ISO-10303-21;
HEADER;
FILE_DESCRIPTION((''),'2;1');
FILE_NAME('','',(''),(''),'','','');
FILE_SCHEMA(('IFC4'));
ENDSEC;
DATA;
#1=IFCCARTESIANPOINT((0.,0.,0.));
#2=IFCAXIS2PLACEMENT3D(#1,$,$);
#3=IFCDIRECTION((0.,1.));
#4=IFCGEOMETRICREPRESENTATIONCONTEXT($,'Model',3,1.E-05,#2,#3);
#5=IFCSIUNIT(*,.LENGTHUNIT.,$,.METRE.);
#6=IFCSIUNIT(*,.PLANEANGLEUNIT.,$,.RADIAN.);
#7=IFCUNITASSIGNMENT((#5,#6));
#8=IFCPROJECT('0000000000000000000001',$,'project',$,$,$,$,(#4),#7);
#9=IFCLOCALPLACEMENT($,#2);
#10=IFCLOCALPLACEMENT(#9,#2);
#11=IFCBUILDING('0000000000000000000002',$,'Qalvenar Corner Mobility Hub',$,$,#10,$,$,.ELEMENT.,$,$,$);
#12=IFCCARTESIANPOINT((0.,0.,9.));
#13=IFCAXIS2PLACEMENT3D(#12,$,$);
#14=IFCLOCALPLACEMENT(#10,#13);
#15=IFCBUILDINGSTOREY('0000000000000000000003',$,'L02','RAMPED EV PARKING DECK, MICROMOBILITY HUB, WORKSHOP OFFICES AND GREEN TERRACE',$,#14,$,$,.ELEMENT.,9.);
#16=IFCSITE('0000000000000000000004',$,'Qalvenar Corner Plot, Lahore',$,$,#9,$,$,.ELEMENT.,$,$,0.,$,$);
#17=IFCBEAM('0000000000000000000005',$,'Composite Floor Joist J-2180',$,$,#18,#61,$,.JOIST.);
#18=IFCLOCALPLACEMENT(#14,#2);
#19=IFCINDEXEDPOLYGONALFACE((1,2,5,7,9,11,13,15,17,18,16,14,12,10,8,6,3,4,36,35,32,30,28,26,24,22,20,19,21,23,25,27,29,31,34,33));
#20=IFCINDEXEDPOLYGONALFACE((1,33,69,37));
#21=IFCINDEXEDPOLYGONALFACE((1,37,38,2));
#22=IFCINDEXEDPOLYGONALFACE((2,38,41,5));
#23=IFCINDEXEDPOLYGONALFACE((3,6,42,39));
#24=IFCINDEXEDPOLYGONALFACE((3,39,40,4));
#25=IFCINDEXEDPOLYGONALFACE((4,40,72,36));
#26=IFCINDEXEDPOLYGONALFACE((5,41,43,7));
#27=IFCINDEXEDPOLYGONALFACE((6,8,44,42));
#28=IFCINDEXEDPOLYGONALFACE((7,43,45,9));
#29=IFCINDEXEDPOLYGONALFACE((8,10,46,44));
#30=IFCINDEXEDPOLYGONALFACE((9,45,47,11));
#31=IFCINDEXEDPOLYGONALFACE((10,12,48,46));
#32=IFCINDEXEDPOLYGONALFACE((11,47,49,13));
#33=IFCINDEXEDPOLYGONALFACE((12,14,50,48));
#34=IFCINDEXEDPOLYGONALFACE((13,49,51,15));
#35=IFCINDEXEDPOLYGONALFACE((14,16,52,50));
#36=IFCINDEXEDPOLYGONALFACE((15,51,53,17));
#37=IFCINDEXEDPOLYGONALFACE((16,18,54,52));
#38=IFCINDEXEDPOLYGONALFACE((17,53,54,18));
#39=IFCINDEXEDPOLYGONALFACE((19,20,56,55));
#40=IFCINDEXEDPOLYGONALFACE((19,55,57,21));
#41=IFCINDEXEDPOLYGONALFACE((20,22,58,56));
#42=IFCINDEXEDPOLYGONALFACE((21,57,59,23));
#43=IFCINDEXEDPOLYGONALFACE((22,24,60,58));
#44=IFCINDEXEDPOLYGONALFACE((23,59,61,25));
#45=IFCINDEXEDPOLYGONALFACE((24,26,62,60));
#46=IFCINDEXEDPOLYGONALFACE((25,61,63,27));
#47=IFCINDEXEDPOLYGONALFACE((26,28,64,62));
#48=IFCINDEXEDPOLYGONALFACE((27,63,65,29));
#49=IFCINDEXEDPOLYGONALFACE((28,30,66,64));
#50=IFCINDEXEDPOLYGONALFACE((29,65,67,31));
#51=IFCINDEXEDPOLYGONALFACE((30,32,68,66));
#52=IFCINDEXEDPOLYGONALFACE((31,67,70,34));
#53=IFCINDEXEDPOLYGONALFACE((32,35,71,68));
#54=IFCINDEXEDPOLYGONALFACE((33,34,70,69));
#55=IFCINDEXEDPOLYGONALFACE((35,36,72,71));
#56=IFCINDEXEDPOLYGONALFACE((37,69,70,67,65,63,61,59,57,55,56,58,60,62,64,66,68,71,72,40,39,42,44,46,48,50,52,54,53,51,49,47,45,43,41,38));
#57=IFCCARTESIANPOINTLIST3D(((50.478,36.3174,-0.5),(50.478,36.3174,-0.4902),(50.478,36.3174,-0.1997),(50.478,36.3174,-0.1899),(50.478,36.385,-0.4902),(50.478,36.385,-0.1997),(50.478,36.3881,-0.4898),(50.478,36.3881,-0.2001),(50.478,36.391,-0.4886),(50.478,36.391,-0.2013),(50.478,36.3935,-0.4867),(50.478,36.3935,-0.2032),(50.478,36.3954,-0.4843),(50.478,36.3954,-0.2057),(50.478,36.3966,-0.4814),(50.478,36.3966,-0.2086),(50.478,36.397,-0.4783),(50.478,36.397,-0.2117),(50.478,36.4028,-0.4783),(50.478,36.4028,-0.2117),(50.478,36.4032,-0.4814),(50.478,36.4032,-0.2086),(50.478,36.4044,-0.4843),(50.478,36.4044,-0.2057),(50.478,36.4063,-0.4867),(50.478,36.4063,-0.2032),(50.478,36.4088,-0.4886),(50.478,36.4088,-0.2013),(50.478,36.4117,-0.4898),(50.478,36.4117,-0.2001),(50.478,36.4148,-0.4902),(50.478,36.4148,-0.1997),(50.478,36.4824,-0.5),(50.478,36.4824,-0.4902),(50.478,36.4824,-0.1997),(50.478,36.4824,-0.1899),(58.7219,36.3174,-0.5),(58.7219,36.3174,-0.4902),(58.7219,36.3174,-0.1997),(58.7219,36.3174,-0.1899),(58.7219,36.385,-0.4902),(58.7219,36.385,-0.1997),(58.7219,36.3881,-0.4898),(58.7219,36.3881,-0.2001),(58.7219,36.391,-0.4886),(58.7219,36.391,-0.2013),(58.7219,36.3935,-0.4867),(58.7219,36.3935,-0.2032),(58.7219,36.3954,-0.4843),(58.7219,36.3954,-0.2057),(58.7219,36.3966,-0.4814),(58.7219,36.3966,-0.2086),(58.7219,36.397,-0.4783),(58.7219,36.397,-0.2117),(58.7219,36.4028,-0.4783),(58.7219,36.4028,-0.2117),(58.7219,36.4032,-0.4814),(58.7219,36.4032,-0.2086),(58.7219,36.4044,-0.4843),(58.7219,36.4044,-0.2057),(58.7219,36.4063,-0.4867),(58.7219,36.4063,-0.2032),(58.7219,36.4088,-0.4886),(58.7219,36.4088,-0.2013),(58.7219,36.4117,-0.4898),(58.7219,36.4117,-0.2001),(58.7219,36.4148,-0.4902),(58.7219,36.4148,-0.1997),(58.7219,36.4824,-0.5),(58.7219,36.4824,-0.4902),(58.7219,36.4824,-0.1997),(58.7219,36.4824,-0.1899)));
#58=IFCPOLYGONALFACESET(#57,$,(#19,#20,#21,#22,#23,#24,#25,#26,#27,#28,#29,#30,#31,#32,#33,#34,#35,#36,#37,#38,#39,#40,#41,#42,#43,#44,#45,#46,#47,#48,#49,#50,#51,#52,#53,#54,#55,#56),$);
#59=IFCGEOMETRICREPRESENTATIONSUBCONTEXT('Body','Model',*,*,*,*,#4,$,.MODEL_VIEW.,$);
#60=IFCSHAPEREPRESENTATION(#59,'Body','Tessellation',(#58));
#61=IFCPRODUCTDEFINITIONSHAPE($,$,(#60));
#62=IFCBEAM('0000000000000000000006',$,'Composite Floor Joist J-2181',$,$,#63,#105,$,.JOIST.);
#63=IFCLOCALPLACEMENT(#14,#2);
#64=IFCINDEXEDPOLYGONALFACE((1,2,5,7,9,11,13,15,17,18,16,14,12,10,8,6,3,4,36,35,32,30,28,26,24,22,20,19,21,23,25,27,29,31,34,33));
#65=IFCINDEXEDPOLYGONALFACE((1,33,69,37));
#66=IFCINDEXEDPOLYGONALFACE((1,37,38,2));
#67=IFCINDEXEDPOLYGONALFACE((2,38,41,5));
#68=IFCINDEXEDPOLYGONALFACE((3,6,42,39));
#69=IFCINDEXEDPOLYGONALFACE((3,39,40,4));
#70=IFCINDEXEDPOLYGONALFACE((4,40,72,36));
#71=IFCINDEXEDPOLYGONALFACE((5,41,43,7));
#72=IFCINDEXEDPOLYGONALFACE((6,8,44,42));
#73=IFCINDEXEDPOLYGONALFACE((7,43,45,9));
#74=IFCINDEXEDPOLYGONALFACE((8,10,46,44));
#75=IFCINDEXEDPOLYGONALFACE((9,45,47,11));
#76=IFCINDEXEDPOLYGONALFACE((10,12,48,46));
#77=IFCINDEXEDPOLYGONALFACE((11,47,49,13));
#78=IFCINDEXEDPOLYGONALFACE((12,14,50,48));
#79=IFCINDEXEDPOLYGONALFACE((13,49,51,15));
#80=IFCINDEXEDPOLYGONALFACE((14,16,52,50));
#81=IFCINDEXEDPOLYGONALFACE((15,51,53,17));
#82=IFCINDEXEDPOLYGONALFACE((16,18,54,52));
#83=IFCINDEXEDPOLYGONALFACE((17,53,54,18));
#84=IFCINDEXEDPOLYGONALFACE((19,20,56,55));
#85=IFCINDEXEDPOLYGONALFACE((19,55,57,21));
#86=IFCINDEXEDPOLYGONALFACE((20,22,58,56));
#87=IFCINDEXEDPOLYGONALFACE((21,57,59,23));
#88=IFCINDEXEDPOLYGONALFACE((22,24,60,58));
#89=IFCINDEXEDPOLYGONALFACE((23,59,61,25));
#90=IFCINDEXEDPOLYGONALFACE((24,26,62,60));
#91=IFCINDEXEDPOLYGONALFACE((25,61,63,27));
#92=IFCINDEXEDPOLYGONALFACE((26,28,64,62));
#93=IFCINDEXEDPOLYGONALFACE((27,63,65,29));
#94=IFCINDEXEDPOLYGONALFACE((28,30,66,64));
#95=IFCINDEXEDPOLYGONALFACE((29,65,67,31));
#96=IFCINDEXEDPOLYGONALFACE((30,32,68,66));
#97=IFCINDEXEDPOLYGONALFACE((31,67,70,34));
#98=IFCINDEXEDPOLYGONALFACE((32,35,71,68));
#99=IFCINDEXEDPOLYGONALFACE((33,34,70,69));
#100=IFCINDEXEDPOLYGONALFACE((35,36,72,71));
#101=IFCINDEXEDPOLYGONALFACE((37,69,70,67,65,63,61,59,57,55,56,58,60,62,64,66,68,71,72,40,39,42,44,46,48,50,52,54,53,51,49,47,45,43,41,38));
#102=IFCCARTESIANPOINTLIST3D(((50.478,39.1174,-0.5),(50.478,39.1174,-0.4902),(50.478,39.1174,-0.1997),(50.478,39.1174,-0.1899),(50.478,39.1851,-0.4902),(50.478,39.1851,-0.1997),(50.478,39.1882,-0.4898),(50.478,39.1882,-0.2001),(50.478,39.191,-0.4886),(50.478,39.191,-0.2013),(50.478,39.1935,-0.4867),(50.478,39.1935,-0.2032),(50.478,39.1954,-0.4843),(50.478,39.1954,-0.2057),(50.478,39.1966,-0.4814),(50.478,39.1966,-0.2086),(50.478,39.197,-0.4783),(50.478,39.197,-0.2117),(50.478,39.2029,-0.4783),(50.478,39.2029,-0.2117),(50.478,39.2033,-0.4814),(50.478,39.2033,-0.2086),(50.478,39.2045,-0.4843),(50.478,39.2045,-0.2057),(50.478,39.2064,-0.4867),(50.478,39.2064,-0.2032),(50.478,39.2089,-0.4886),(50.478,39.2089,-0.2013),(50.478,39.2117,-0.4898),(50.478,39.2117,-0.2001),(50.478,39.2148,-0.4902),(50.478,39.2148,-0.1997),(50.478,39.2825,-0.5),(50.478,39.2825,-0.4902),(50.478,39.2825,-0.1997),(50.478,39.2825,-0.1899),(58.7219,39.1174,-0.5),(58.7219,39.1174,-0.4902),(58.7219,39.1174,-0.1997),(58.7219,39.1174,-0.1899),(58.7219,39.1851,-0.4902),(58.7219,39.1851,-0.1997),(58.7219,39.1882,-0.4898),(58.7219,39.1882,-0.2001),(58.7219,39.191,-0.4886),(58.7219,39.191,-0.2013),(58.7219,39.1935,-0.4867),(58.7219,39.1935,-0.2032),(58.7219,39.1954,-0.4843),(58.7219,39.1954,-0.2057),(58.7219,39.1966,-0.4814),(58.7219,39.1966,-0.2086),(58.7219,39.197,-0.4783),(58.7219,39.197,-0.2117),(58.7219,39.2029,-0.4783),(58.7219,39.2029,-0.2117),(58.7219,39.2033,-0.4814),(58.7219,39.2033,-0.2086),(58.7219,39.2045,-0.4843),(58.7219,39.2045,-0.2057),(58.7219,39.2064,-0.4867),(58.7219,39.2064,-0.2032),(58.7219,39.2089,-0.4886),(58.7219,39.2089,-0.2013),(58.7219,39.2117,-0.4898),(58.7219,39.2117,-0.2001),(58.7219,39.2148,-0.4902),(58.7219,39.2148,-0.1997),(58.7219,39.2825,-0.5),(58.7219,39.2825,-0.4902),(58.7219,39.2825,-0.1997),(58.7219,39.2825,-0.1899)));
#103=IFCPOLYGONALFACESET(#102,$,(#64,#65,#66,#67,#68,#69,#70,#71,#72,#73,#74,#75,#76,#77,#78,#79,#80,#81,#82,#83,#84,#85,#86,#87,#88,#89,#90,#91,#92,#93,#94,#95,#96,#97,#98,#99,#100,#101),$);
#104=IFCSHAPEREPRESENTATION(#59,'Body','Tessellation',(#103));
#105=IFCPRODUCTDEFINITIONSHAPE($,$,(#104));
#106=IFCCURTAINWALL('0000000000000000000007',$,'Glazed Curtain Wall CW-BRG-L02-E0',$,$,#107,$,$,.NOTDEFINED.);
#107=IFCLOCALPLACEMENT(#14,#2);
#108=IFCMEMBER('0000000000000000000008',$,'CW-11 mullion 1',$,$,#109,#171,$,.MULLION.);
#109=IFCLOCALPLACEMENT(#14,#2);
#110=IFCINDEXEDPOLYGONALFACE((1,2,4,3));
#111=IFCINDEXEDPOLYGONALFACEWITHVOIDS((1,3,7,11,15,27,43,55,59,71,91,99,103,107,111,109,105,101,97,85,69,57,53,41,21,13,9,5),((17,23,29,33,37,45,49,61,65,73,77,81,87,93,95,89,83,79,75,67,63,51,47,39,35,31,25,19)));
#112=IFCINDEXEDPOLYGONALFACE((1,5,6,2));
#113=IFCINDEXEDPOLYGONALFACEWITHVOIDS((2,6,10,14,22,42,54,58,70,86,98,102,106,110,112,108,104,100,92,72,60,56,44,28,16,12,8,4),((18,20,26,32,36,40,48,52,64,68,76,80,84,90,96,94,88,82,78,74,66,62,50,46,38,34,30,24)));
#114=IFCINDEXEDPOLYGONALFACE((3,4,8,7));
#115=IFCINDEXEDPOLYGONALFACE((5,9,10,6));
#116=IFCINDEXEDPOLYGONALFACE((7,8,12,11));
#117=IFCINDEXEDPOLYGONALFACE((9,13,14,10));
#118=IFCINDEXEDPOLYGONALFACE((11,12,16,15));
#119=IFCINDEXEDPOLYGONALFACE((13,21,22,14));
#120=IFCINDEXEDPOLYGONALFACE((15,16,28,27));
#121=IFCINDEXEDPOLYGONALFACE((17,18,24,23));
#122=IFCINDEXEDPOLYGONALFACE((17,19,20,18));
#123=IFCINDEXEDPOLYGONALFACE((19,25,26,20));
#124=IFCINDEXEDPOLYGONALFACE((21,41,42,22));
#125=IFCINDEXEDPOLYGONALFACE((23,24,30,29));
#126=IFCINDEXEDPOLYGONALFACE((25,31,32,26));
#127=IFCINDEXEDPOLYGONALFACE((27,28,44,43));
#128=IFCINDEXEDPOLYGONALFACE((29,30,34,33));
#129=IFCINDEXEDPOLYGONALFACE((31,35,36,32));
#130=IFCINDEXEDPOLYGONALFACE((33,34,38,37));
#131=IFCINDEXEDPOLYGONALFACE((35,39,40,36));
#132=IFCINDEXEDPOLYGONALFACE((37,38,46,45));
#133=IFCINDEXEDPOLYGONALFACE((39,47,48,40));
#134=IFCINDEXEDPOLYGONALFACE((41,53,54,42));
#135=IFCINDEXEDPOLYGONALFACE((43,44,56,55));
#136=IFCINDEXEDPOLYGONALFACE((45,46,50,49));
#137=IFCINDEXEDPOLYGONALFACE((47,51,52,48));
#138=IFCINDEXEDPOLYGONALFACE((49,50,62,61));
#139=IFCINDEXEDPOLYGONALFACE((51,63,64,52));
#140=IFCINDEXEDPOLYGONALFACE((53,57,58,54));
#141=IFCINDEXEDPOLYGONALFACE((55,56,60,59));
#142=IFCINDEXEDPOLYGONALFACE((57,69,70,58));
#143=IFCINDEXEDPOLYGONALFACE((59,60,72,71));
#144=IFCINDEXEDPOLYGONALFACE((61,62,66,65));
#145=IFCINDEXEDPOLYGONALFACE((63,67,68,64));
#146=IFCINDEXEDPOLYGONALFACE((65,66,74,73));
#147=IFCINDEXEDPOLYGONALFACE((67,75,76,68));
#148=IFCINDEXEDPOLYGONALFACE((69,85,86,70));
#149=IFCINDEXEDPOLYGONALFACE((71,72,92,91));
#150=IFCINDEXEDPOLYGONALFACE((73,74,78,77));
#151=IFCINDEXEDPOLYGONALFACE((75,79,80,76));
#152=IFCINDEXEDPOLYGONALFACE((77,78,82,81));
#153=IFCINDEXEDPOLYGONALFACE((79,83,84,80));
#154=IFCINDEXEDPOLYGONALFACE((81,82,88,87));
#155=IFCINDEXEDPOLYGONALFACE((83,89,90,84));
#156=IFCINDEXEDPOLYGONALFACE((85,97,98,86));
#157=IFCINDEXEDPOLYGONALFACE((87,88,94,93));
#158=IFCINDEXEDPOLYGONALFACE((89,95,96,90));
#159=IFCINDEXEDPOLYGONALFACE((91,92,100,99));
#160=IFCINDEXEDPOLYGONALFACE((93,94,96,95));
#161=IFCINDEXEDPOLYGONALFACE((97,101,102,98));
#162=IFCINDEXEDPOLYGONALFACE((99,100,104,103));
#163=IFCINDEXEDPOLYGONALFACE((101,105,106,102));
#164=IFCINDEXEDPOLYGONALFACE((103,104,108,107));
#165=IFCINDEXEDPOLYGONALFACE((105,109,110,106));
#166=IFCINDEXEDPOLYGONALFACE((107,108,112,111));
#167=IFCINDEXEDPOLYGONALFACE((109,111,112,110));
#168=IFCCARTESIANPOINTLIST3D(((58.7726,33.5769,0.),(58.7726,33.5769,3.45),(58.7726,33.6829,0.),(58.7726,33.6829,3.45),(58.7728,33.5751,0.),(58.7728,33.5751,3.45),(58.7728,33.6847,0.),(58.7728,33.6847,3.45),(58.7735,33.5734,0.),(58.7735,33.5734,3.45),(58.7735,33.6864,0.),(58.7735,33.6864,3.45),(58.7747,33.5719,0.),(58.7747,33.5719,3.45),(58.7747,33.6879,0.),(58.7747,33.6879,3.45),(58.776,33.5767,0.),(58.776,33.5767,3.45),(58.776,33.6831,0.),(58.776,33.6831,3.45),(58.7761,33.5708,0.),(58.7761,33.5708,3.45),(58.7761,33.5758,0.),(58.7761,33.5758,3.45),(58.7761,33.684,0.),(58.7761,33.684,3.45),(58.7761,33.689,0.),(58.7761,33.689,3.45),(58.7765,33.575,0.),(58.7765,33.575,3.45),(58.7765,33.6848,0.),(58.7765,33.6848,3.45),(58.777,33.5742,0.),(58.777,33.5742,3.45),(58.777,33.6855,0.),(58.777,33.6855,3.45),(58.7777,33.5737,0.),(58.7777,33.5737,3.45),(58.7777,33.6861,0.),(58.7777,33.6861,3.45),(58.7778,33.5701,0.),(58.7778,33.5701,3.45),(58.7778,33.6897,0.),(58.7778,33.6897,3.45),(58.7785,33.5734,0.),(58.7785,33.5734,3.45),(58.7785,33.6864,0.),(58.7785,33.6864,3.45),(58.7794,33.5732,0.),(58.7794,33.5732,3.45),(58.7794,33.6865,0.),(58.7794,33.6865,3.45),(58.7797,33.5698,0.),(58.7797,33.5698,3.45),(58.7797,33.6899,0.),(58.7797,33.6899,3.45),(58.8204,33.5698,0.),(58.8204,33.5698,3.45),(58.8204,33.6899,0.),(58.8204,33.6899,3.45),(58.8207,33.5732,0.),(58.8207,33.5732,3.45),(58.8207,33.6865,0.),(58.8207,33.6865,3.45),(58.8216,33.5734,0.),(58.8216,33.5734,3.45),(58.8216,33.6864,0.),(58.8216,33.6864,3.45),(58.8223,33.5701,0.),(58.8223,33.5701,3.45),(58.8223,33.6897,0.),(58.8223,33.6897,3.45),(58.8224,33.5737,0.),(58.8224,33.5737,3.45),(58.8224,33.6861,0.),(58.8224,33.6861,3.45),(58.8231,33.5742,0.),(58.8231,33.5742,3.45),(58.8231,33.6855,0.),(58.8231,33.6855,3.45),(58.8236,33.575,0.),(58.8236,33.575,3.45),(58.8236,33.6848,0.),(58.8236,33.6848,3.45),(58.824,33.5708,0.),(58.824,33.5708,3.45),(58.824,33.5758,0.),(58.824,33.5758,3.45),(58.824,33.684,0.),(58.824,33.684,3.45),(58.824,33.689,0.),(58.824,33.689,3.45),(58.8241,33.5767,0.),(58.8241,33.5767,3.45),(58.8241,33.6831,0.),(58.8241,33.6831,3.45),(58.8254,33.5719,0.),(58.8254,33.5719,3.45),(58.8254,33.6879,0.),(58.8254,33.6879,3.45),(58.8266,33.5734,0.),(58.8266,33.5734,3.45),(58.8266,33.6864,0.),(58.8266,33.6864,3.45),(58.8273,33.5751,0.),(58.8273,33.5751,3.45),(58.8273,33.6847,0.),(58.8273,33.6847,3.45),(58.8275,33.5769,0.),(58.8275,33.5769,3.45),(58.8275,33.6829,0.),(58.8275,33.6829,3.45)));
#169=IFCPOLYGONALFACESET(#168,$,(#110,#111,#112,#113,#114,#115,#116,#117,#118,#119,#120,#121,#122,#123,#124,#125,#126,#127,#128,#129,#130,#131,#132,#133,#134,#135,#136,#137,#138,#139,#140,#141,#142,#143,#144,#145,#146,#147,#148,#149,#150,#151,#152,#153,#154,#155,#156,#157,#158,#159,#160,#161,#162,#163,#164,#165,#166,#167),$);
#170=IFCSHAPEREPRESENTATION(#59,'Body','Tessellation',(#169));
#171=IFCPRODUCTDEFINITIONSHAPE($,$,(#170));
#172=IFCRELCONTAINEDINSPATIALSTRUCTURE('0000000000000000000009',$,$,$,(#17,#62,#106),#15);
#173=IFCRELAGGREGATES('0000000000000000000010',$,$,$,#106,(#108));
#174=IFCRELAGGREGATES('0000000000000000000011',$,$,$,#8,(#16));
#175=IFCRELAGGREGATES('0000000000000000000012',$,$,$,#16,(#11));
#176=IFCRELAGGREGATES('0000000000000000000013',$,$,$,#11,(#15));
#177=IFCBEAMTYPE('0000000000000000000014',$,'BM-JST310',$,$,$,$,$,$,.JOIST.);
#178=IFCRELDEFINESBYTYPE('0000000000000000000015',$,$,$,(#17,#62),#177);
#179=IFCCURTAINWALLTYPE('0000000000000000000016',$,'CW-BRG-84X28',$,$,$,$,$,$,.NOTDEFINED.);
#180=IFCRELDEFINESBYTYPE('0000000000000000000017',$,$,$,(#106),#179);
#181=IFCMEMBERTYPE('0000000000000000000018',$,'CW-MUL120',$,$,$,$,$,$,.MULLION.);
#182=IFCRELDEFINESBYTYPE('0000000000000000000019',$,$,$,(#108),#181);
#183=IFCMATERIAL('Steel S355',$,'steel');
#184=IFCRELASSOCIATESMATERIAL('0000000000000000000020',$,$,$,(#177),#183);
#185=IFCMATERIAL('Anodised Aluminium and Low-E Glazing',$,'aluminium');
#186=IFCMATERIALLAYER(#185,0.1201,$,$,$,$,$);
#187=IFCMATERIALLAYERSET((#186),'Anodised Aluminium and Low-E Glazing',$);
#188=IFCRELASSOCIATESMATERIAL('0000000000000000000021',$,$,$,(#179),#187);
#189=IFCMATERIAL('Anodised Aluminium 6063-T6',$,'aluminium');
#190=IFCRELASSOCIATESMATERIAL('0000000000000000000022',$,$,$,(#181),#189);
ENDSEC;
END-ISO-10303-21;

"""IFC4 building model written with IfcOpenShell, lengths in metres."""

from ifc_helpers import new_model, si_unit, direction, frame, origin, origin_2d, place, context, subcontext, project, spatial, hollow_rectangle, i_section, extrude, material, layer, layer_set, material_profile, profile_set, type_object, element, aggregate, save


model = new_model("IFC4")

# Units and contexts
model_context = context("Model", 3, precision=1e-05, world=origin(), true_north=direction((0.0, 1.0)))
body_context = subcontext(model_context, "Body", "Model", "MODEL_VIEW")
ifc_project = project(units=[si_unit("LENGTHUNIT", "METRE"), si_unit("PLANEANGLEUNIT", "RADIAN")], contexts=[model_context])

# Site, building, storey
site_placement = place(None, origin())
site = spatial("IfcSite", under=ifc_project, at=site_placement, Name="Qalvenar Corner Plot, Lahore", CompositionType="ELEMENT", RefElevation=0.0)
building_placement = place(site_placement, origin())
building = spatial("IfcBuilding", under=site, at=building_placement, Name="Qalvenar Corner Mobility Hub", CompositionType="ELEMENT")
storey_placement = place(building_placement, frame((0.0, 0.0, 9.0)))
storey = spatial("IfcBuildingStorey", under=building, at=storey_placement, Name="L02", Description="RAMPED EV PARKING DECK, MICROMOBILITY HUB, WORKSHOP OFFICES AND GREEN TERRACE", CompositionType="ELEMENT", Elevation=9.0)

# Beams
ifc_material_1 = material(Name="Steel S355", Category="steel")
ifc_material_profile_1 = material_profile(ifc_material_1, i_section(OverallWidth=0.165, OverallDepth=0.3101, WebThickness=0.0059, FlangeThickness=0.0098, FilletRadius=0.012, at=origin_2d()), Name="W310x38.7")
ifc_profile_set_1 = profile_set([ifc_material_profile_1], Name="Steel S355")
beam_type = type_object("IfcBeamType", Name="BM-JST310", PredefinedType="JOIST", material=ifc_profile_set_1)
for number, where, z_axis, x_axis, name in (
    (1, (50.478, 36.3999, -0.345), (1.0, 0.0, 0.0), (0.0, 1.0, 0.0), "Composite Floor Joist J-2180"),
    (2, (50.478, 39.2, -0.345), (1.0, 0.0, 0.0), (0.0, 1.0, 0.0), "Composite Floor Joist J-2181"),
):
    element("IfcBeam", number, at=place(storey_placement, frame(where, z_axis=z_axis, x_axis=x_axis)), inside=storey, type_object=beam_type, Name=name, PredefinedType="JOIST", context=body_context, shape_type="SweptSolid", body=[
        extrude(i_section(OverallWidth=0.165, OverallDepth=0.3101, WebThickness=0.0059, FlangeThickness=0.0098, FilletRadius=0.012, at=origin_2d()), origin(), (0.0, 0.0, 1.0), 8.2439),
    ])

# Curtain wall, member
ifc_material_2 = material(Name="Anodised Aluminium and Low-E Glazing", Category="aluminium")
ifc_layer_1 = layer(ifc_material_2, 0.1201)
ifc_layer_set_1 = layer_set([ifc_layer_1], Name="Anodised Aluminium and Low-E Glazing")
curtain_wall_type = type_object("IfcCurtainWallType", Name="CW-BRG-84X28", PredefinedType="NOTDEFINED", material=ifc_layer_set_1)
curtain_wall_placement = place(storey_placement, origin())
curtain_wall = element("IfcCurtainWall", 3, at=curtain_wall_placement, inside=storey, type_object=curtain_wall_type, Name="Glazed Curtain Wall CW-BRG-L02-E0", PredefinedType="NOTDEFINED")
ifc_material_3 = material(Name="Anodised Aluminium 6063-T6", Category="aluminium")
ifc_material_profile_2 = material_profile(ifc_material_3, hollow_rectangle(XDim=0.0549, YDim=0.1201, WallThickness=0.0034, InnerFilletRadius=0.0034, OuterFilletRadius=0.0071, at=origin_2d()), Name="RHS120x55x3.5")
ifc_profile_set_2 = profile_set([ifc_material_profile_2], Name="Anodised Aluminium 6063-T6")
member_type_1 = type_object("IfcMemberType", Name="CW-MUL120", PredefinedType="MULLION", material=ifc_profile_set_2)
member_1_placement = place(storey_placement, frame((58.8, 33.6299, 0.0), z_axis=(0.0, 0.0, 1.0), x_axis=(-1.0, 0.0, 0.0)))
member_1 = element("IfcMember", 4, at=member_1_placement, type_object=member_type_1, Name="CW-11 mullion 1", PredefinedType="MULLION", context=body_context, shape_type="SweptSolid", body=[
    extrude(hollow_rectangle(XDim=0.0549, YDim=0.1201, WallThickness=0.0034, InnerFilletRadius=0.0034, OuterFilletRadius=0.0071, at=origin_2d()), origin(), (0.0, 0.0, 1.0), 3.45),
])
aggregate(curtain_wall, [member_1])

save(model, "model.ifc")
